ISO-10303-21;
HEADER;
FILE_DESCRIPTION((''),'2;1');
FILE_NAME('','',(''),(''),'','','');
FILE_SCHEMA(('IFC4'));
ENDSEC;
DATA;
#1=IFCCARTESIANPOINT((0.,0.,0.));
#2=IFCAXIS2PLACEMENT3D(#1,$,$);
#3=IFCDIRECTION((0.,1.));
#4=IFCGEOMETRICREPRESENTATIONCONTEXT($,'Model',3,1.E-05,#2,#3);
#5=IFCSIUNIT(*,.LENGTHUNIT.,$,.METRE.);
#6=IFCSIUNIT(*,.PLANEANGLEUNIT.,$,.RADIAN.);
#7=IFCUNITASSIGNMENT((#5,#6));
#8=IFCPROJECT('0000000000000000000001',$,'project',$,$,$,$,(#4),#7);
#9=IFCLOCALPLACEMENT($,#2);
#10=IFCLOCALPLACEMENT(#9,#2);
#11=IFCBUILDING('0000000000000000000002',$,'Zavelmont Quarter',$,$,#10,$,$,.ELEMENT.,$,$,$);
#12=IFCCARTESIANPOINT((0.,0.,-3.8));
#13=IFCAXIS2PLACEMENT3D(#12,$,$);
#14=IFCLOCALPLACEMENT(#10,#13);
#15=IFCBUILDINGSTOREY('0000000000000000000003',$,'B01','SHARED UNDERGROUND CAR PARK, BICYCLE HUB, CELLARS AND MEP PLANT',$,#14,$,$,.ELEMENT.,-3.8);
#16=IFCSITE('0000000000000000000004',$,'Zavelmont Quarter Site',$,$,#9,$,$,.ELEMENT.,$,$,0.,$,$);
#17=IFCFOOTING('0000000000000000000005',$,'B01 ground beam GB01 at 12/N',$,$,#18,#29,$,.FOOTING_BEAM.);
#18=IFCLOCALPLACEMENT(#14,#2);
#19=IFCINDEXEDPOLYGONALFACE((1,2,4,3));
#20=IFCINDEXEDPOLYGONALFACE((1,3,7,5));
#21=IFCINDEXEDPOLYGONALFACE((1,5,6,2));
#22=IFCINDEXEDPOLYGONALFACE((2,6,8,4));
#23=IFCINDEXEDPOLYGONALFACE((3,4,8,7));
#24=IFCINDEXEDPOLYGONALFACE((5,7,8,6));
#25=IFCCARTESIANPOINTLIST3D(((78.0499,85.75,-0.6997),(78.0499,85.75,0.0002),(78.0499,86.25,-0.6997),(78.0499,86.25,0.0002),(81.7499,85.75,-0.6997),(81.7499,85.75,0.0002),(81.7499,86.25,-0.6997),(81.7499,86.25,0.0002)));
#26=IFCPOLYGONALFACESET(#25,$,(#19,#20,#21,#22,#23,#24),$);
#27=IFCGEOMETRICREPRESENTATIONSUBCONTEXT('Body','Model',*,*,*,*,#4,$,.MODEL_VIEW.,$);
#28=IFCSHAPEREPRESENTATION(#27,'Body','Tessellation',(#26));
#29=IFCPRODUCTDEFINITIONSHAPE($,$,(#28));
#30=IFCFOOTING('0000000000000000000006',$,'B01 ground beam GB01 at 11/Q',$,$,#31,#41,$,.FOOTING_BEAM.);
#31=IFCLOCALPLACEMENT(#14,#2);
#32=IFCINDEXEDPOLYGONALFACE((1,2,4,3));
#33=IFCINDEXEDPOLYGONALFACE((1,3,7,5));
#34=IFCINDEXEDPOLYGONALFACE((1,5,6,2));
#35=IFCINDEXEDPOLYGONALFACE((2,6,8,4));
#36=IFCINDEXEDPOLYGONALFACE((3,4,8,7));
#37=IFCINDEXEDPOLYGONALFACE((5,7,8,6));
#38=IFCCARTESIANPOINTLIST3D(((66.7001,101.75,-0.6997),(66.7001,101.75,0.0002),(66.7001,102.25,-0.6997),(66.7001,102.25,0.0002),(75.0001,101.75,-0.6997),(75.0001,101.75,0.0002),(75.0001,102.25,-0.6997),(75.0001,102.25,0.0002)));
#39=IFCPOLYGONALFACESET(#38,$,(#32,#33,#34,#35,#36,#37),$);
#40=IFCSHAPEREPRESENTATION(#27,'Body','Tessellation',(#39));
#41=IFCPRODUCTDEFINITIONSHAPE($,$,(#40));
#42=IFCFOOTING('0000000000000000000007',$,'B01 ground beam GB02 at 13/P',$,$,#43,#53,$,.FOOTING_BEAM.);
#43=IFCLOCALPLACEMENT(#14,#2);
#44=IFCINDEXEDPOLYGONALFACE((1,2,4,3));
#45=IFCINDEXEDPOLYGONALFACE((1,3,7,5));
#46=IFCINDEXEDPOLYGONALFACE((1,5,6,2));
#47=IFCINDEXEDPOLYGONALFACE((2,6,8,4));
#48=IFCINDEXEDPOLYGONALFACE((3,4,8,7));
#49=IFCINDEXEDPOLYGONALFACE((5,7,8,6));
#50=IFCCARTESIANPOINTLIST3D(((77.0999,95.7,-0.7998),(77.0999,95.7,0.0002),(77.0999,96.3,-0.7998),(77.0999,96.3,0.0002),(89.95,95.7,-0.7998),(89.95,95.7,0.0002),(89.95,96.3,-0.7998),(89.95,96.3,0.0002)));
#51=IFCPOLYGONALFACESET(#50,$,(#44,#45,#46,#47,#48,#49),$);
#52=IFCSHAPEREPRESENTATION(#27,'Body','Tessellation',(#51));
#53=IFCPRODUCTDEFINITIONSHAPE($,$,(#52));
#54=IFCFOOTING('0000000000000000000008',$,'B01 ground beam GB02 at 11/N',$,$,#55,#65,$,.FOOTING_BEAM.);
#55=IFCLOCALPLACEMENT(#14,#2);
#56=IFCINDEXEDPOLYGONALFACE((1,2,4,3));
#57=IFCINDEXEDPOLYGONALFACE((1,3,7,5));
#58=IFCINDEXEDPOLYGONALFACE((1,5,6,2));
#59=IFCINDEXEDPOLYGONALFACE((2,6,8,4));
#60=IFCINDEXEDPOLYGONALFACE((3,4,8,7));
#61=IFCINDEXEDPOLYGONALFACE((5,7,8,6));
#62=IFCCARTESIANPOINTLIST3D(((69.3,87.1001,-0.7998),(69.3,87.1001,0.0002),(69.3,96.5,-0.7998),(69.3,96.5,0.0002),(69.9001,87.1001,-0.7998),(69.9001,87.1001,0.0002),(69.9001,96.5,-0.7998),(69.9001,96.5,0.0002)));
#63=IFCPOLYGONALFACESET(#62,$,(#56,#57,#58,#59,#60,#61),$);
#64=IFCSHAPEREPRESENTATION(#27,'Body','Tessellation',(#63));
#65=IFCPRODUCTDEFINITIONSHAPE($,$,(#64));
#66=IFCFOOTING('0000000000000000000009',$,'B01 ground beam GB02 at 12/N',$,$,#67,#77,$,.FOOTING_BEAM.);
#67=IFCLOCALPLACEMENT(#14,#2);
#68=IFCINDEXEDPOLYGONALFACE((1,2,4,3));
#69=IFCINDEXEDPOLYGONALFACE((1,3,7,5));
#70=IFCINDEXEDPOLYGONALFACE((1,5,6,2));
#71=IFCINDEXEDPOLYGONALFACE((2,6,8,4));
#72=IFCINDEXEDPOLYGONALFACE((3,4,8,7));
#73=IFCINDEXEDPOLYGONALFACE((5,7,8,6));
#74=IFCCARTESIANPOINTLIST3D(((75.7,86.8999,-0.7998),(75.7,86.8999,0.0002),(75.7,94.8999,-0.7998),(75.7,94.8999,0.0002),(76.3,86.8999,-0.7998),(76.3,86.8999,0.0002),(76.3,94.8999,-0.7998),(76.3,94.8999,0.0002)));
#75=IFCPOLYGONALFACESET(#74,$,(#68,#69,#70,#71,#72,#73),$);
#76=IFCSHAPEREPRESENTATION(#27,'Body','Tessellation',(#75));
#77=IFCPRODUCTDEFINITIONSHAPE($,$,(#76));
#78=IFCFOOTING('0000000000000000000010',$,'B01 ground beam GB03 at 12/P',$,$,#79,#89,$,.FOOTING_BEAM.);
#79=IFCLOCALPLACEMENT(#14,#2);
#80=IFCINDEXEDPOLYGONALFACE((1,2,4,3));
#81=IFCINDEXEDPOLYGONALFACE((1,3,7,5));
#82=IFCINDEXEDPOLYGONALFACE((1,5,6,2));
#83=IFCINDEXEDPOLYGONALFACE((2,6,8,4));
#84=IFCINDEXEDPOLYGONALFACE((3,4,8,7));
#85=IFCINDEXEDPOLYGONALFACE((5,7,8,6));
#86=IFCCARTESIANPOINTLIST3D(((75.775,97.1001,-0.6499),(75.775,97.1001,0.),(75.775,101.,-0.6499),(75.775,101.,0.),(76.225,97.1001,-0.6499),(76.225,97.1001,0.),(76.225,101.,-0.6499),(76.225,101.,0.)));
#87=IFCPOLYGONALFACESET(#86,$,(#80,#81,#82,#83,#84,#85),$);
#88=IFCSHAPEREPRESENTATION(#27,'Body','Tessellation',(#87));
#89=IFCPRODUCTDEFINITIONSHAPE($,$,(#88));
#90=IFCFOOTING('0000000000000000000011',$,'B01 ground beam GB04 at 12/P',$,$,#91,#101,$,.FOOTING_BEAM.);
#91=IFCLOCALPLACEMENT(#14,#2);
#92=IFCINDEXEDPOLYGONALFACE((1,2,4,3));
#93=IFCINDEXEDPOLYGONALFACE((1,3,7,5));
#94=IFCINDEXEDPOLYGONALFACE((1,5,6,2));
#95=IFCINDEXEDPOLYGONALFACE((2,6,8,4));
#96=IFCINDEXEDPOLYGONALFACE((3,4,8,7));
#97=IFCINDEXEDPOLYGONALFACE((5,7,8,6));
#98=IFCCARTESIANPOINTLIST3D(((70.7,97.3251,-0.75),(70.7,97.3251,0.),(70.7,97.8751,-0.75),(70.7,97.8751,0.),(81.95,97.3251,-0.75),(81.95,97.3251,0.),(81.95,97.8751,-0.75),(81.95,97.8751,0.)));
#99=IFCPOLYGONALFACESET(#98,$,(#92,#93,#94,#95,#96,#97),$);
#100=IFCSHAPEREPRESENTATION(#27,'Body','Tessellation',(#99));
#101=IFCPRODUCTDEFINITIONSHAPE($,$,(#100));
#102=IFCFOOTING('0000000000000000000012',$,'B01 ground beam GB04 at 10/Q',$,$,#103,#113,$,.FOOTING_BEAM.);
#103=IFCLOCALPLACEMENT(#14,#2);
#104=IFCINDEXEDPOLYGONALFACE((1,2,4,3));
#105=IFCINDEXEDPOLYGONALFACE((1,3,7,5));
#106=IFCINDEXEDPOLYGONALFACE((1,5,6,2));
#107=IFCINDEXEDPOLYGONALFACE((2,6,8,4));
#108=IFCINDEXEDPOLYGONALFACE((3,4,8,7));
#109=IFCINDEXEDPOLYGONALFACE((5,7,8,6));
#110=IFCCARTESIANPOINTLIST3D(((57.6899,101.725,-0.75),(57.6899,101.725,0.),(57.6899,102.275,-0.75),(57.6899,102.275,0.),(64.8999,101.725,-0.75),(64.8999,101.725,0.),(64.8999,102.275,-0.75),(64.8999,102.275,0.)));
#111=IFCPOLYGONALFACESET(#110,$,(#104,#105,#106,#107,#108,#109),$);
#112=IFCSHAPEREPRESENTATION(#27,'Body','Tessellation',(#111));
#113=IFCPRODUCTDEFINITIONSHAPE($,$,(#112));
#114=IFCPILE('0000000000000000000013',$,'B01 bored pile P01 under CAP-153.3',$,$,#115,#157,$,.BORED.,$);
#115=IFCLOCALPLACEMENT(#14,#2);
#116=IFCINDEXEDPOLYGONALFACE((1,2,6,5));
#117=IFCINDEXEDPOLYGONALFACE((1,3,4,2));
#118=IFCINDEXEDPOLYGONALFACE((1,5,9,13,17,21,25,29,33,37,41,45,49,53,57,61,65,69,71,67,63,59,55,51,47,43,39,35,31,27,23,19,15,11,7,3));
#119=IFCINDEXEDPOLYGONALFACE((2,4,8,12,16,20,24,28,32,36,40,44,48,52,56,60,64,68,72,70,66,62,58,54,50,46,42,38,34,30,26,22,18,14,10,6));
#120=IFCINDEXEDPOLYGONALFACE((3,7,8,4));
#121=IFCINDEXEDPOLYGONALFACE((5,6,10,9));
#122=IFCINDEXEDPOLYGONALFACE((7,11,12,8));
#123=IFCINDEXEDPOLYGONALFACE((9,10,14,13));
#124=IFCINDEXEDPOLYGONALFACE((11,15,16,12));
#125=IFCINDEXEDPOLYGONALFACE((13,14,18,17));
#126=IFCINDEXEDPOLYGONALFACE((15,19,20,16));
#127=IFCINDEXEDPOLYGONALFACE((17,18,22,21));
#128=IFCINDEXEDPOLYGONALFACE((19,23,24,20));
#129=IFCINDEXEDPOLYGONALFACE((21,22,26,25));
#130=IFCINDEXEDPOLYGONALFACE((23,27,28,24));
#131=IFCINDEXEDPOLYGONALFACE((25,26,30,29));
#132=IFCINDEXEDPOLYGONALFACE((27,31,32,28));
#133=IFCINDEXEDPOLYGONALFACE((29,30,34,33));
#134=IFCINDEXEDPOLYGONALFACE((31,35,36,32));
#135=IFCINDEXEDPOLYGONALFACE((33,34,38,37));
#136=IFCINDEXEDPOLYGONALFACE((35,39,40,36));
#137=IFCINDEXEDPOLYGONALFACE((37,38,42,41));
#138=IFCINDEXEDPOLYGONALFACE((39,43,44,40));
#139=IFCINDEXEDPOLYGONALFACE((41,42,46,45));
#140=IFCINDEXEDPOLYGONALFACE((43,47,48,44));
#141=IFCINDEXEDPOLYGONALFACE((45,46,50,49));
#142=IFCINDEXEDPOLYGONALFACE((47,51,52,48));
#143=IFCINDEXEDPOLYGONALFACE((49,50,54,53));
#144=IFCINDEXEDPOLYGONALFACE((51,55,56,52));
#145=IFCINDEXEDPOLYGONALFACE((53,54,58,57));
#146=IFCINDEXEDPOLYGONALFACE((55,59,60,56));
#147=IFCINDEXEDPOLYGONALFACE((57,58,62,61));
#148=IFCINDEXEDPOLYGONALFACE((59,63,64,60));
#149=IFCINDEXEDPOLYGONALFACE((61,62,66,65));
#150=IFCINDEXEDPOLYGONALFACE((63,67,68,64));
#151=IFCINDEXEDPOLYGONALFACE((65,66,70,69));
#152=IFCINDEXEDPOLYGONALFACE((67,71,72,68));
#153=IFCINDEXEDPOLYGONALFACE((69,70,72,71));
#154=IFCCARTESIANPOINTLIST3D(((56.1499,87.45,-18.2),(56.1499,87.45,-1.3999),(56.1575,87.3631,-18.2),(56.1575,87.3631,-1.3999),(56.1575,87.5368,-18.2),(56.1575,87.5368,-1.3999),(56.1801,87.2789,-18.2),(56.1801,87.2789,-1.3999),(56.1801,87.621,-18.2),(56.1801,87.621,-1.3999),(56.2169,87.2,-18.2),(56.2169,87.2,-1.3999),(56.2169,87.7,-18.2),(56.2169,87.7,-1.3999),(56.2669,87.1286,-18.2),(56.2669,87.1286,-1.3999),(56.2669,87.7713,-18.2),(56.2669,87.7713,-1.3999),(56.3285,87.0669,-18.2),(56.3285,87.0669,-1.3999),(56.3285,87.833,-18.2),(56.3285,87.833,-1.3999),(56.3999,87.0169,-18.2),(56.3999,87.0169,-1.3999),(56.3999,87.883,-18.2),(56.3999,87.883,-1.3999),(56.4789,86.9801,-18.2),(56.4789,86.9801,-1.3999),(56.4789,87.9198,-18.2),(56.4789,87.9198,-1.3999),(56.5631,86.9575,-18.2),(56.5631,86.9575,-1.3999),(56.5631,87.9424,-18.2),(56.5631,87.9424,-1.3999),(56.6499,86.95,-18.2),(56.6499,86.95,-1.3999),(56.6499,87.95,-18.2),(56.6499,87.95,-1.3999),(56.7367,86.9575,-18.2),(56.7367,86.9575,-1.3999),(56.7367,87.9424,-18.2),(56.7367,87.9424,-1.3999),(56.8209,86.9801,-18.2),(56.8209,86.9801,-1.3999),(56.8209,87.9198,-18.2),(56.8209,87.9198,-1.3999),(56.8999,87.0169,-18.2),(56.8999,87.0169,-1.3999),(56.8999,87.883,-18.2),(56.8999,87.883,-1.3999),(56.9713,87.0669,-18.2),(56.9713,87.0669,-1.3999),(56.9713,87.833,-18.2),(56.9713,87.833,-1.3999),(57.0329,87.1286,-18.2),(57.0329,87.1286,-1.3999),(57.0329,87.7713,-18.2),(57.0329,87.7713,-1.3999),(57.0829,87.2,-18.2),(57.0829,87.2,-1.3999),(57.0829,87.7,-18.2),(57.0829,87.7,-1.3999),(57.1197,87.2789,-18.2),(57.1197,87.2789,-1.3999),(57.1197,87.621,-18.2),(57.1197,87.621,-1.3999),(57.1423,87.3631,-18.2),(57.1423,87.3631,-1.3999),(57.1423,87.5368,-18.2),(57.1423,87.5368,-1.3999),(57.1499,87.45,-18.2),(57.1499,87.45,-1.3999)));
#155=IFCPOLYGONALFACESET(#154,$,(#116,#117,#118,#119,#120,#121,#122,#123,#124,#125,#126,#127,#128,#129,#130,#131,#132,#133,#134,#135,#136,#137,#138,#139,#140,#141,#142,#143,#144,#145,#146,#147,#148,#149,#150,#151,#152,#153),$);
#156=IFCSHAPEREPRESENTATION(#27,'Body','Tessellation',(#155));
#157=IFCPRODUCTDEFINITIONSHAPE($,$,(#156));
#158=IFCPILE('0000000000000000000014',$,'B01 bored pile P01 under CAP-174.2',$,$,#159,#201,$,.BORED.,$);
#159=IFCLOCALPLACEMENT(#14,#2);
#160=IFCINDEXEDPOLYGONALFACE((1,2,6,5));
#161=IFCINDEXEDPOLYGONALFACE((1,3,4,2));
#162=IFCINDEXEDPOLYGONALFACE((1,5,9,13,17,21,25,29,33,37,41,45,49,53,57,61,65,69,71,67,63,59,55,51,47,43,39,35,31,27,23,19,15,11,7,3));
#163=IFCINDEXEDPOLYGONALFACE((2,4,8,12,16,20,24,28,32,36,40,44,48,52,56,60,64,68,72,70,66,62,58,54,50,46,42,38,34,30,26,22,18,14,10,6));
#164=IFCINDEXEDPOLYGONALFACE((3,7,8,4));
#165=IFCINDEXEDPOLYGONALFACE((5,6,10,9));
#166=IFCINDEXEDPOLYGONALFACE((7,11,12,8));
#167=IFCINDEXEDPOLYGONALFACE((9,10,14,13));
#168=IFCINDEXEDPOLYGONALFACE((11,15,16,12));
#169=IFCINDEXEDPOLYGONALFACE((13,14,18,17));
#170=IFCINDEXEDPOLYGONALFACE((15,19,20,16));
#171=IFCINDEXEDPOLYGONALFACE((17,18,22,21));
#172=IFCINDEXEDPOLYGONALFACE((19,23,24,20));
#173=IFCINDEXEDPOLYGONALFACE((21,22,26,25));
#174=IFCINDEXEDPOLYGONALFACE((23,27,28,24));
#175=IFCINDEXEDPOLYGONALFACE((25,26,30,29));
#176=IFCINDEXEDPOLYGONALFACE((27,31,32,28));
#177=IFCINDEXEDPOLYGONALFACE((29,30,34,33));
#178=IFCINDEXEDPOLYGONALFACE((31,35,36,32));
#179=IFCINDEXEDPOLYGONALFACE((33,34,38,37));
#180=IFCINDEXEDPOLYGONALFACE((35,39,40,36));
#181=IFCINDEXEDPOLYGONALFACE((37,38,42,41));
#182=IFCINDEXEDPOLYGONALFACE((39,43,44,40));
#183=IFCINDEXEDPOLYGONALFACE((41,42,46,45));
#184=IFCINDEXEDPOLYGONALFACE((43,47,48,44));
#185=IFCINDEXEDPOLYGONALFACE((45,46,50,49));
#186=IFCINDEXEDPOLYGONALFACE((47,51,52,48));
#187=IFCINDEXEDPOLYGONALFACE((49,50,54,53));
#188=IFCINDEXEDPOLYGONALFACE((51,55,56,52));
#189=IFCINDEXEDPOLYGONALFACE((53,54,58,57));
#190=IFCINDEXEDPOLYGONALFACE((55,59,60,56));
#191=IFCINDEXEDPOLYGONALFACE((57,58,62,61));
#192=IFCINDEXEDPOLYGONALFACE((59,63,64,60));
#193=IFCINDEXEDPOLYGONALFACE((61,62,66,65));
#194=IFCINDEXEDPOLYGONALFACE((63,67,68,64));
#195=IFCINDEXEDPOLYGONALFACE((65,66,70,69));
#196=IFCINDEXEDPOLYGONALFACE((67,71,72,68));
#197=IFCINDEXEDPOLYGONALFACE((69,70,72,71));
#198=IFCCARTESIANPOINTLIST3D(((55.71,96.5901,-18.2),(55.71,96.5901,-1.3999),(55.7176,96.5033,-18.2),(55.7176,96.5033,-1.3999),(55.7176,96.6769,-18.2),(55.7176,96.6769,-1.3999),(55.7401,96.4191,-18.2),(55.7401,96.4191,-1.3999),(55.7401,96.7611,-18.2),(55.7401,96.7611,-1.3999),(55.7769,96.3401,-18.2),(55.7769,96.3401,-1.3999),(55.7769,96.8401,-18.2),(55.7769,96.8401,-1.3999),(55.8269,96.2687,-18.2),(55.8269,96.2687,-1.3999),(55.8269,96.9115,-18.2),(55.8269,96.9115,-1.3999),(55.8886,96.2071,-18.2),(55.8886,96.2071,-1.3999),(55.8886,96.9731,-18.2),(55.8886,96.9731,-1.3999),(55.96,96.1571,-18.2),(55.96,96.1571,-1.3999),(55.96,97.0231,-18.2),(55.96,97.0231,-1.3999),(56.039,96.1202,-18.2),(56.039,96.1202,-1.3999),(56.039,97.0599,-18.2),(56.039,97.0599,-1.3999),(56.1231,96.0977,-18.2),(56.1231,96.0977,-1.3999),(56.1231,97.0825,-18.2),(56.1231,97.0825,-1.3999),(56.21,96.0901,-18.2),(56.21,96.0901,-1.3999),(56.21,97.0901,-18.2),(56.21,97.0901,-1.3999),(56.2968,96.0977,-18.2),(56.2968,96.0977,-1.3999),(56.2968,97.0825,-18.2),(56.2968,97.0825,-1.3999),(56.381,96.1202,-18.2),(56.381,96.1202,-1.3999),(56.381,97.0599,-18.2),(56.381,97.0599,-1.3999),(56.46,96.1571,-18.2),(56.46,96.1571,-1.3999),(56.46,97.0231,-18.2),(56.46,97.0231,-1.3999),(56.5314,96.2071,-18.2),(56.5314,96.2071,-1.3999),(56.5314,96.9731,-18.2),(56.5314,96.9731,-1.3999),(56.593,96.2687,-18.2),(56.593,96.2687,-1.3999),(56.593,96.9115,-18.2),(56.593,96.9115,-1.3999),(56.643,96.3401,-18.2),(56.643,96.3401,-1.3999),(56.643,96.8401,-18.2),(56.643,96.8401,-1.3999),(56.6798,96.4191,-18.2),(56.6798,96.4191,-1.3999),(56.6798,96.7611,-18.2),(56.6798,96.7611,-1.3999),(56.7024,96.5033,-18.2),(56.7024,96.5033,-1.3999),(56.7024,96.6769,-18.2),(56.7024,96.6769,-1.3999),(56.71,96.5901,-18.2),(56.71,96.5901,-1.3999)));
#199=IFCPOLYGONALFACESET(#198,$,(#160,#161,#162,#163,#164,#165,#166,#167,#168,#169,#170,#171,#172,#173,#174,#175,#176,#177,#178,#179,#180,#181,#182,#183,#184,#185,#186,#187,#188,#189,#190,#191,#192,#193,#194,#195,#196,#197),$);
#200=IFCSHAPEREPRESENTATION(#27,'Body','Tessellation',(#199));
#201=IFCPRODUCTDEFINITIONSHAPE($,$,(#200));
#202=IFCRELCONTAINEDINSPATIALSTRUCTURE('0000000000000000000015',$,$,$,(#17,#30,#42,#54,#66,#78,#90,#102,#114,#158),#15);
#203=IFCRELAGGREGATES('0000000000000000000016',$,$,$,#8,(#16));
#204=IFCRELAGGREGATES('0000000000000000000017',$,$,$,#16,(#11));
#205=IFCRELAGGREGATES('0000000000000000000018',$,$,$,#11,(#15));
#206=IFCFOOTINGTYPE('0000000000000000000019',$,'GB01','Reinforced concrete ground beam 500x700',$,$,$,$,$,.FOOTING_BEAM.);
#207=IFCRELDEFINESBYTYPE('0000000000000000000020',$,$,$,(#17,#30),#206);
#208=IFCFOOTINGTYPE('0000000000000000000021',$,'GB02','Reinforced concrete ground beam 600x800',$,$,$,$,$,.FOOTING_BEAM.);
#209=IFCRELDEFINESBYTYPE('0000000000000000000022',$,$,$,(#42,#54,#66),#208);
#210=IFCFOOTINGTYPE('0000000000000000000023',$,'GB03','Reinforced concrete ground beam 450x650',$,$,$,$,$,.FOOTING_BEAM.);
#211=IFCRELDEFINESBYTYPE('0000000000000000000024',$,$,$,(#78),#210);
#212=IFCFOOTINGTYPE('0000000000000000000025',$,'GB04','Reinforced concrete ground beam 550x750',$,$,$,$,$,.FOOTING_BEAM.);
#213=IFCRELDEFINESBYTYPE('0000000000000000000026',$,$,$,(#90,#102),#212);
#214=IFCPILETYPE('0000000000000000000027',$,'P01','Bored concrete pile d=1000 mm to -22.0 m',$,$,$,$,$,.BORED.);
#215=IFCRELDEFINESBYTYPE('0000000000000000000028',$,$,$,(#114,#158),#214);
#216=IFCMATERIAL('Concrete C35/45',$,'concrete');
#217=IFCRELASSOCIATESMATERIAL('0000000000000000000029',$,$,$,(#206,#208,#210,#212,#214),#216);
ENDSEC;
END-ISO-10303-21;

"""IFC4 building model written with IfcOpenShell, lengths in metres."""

from ifc_helpers import new_model, si_unit, direction, frame, origin, origin_2d, place, context, subcontext, project, spatial, rectangle, circle, extrude, material, material_profile, profile_set, type_object, element, save


model = new_model("IFC4")

# Units and contexts
model_context = context("Model", 3, precision=1e-05, world=origin(), true_north=direction((0.0, 1.0)))
body_context = subcontext(model_context, "Body", "Model", "MODEL_VIEW")
ifc_project = project(units=[si_unit("LENGTHUNIT", "METRE"), si_unit("PLANEANGLEUNIT", "RADIAN")], contexts=[model_context])

# Site, building, storey
site_placement = place(None, origin())
site = spatial("IfcSite", under=ifc_project, at=site_placement, Name="Zavelmont Quarter Site", CompositionType="ELEMENT", RefElevation=0.0)
building_placement = place(site_placement, origin())
building = spatial("IfcBuilding", under=site, at=building_placement, Name="Zavelmont Quarter", CompositionType="ELEMENT")
storey_placement = place(building_placement, frame((0.0, 0.0, -3.8)))
storey = spatial("IfcBuildingStorey", under=building, at=storey_placement, Name="B01", Description="SHARED UNDERGROUND CAR PARK, BICYCLE HUB, CELLARS AND MEP PLANT", CompositionType="ELEMENT", Elevation=-3.8)

# Footings
ifc_material_1 = material(Name="Concrete C35/45", Category="concrete")
footing_type_1 = type_object("IfcFootingType", Name="GB01", Description="Reinforced concrete ground beam 500x700", PredefinedType="FOOTING_BEAM", material=ifc_material_1)
footing_1_placement = place(storey_placement, frame((79.8999, 86.0, -0.6997), z_axis=(0.0, 0.0, 1.0), x_axis=(1.0, 0.0, 0.0)))
element("IfcFooting", 1, at=footing_1_placement, inside=storey, type_object=footing_type_1, Name="B01 ground beam GB01 at 12/N", PredefinedType="FOOTING_BEAM", context=body_context, shape_type="SweptSolid", body=[
    extrude(rectangle(XDim=3.7, YDim=0.5, at=origin_2d()), origin(), (0.0, 0.0, 1.0), 0.7),
])
footing_2_placement = place(storey_placement, frame((70.8501, 102.0, -0.6997), z_axis=(0.0, 0.0, 1.0), x_axis=(1.0, 0.0, 0.0)))
element("IfcFooting", 2, at=footing_2_placement, inside=storey, type_object=footing_type_1, Name="B01 ground beam GB01 at 11/Q", PredefinedType="FOOTING_BEAM", context=body_context, shape_type="SweptSolid", body=[
    extrude(rectangle(XDim=8.3, YDim=0.5, at=origin_2d()), origin(), (0.0, 0.0, 1.0), 0.7),
])
footing_type_2 = type_object("IfcFootingType", Name="GB02", Description="Reinforced concrete ground beam 600x800", PredefinedType="FOOTING_BEAM", material=ifc_material_1)
footing_3_placement = place(storey_placement, frame((83.5249, 96.0, -0.7998), z_axis=(0.0, 0.0, 1.0), x_axis=(1.0, 0.0, 0.0)))
element("IfcFooting", 3, at=footing_3_placement, inside=storey, type_object=footing_type_2, Name="B01 ground beam GB02 at 13/P", PredefinedType="FOOTING_BEAM", context=body_context, shape_type="SweptSolid", body=[
    extrude(rectangle(XDim=12.8501, YDim=0.6001, at=origin_2d()), origin(), (0.0, 0.0, 1.0), 0.8),
])
footing_4_placement = place(storey_placement, frame((69.6001, 91.8, -0.7998), z_axis=(0.0, 0.0, 1.0), x_axis=(0.0, 1.0, 0.0)))
element("IfcFooting", 4, at=footing_4_placement, inside=storey, type_object=footing_type_2, Name="B01 ground beam GB02 at 11/N", PredefinedType="FOOTING_BEAM", context=body_context, shape_type="SweptSolid", body=[
    extrude(rectangle(XDim=9.3999, YDim=0.6001, at=origin_2d()), origin(), (0.0, 0.0, 1.0), 0.8),
])
footing_5_placement = place(storey_placement, frame((76.0, 90.8999, -0.7998), z_axis=(0.0, 0.0, 1.0), x_axis=(0.0, 1.0, 0.0)))
element("IfcFooting", 5, at=footing_5_placement, inside=storey, type_object=footing_type_2, Name="B01 ground beam GB02 at 12/N", PredefinedType="FOOTING_BEAM", context=body_context, shape_type="SweptSolid", body=[
    extrude(rectangle(XDim=8.0, YDim=0.6001, at=origin_2d()), origin(), (0.0, 0.0, 1.0), 0.8),
])
footing_type_3 = type_object("IfcFootingType", Name="GB03", Description="Reinforced concrete ground beam 450x650", PredefinedType="FOOTING_BEAM", material=ifc_material_1)
footing_6_placement = place(storey_placement, frame((76.0, 99.05, -0.6499), z_axis=(0.0, 0.0, 1.0), x_axis=(0.0, 1.0, 0.0)))
element("IfcFooting", 6, at=footing_6_placement, inside=storey, type_object=footing_type_3, Name="B01 ground beam GB03 at 12/P", PredefinedType="FOOTING_BEAM", context=body_context, shape_type="SweptSolid", body=[
    extrude(rectangle(XDim=3.8999, YDim=0.45, at=origin_2d()), origin(), (0.0, 0.0, 1.0), 0.6499),
])
footing_type_4 = type_object("IfcFootingType", Name="GB04", Description="Reinforced concrete ground beam 550x750", PredefinedType="FOOTING_BEAM", material=ifc_material_1)
footing_7_placement = place(storey_placement, frame((76.325, 97.6001, -0.75), z_axis=(0.0, 0.0, 1.0), x_axis=(1.0, 0.0, 0.0)))
element("IfcFooting", 7, at=footing_7_placement, inside=storey, type_object=footing_type_4, Name="B01 ground beam GB04 at 12/P", PredefinedType="FOOTING_BEAM", context=body_context, shape_type="SweptSolid", body=[
    extrude(rectangle(XDim=11.25, YDim=0.55, at=origin_2d()), origin(), (0.0, 0.0, 1.0), 0.75),
])
footing_8_placement = place(storey_placement, frame((61.2949, 102.0, -0.75), z_axis=(0.0, 0.0, 1.0), x_axis=(1.0, 0.0, 0.0)))
element("IfcFooting", 8, at=footing_8_placement, inside=storey, type_object=footing_type_4, Name="B01 ground beam GB04 at 10/Q", PredefinedType="FOOTING_BEAM", context=body_context, shape_type="SweptSolid", body=[
    extrude(rectangle(XDim=7.21, YDim=0.55, at=origin_2d()), origin(), (0.0, 0.0, 1.0), 0.75),
])

# Piles
ifc_material_profile_1 = material_profile(ifc_material_1, circle(Radius=0.5, at=origin_2d()), Name="BP1000")
ifc_profile_set_1 = profile_set([ifc_material_profile_1], Name="Concrete C35/45")
pile_type_1 = type_object("IfcPileType", Name="P01", Description="Bored concrete pile d=1000 mm to -22.0 m", PredefinedType="BORED", material=ifc_profile_set_1)
for number, where, z_axis, x_axis, name in (
    (9, (56.6499, 87.45, -1.3999), (0.0, 0.0, -1.0), (1.0, 0.0, 0.0), "B01 bored pile P01 under CAP-153.3"),
    (10, (56.21, 96.5901, -1.3999), (0.0, 0.0, -1.0), (1.0, 0.0, 0.0), "B01 bored pile P01 under CAP-174.2"),
):
    element("IfcPile", number, at=place(storey_placement, frame(where, z_axis=z_axis, x_axis=x_axis)), inside=storey, type_object=pile_type_1, Name=name, PredefinedType="BORED", context=body_context, shape_type="SweptSolid", body=[
        extrude(circle(Radius=0.5, at=origin_2d()), origin(), (0.0, 0.0, 1.0), 16.8),
    ])

save(model, "model.ifc")
